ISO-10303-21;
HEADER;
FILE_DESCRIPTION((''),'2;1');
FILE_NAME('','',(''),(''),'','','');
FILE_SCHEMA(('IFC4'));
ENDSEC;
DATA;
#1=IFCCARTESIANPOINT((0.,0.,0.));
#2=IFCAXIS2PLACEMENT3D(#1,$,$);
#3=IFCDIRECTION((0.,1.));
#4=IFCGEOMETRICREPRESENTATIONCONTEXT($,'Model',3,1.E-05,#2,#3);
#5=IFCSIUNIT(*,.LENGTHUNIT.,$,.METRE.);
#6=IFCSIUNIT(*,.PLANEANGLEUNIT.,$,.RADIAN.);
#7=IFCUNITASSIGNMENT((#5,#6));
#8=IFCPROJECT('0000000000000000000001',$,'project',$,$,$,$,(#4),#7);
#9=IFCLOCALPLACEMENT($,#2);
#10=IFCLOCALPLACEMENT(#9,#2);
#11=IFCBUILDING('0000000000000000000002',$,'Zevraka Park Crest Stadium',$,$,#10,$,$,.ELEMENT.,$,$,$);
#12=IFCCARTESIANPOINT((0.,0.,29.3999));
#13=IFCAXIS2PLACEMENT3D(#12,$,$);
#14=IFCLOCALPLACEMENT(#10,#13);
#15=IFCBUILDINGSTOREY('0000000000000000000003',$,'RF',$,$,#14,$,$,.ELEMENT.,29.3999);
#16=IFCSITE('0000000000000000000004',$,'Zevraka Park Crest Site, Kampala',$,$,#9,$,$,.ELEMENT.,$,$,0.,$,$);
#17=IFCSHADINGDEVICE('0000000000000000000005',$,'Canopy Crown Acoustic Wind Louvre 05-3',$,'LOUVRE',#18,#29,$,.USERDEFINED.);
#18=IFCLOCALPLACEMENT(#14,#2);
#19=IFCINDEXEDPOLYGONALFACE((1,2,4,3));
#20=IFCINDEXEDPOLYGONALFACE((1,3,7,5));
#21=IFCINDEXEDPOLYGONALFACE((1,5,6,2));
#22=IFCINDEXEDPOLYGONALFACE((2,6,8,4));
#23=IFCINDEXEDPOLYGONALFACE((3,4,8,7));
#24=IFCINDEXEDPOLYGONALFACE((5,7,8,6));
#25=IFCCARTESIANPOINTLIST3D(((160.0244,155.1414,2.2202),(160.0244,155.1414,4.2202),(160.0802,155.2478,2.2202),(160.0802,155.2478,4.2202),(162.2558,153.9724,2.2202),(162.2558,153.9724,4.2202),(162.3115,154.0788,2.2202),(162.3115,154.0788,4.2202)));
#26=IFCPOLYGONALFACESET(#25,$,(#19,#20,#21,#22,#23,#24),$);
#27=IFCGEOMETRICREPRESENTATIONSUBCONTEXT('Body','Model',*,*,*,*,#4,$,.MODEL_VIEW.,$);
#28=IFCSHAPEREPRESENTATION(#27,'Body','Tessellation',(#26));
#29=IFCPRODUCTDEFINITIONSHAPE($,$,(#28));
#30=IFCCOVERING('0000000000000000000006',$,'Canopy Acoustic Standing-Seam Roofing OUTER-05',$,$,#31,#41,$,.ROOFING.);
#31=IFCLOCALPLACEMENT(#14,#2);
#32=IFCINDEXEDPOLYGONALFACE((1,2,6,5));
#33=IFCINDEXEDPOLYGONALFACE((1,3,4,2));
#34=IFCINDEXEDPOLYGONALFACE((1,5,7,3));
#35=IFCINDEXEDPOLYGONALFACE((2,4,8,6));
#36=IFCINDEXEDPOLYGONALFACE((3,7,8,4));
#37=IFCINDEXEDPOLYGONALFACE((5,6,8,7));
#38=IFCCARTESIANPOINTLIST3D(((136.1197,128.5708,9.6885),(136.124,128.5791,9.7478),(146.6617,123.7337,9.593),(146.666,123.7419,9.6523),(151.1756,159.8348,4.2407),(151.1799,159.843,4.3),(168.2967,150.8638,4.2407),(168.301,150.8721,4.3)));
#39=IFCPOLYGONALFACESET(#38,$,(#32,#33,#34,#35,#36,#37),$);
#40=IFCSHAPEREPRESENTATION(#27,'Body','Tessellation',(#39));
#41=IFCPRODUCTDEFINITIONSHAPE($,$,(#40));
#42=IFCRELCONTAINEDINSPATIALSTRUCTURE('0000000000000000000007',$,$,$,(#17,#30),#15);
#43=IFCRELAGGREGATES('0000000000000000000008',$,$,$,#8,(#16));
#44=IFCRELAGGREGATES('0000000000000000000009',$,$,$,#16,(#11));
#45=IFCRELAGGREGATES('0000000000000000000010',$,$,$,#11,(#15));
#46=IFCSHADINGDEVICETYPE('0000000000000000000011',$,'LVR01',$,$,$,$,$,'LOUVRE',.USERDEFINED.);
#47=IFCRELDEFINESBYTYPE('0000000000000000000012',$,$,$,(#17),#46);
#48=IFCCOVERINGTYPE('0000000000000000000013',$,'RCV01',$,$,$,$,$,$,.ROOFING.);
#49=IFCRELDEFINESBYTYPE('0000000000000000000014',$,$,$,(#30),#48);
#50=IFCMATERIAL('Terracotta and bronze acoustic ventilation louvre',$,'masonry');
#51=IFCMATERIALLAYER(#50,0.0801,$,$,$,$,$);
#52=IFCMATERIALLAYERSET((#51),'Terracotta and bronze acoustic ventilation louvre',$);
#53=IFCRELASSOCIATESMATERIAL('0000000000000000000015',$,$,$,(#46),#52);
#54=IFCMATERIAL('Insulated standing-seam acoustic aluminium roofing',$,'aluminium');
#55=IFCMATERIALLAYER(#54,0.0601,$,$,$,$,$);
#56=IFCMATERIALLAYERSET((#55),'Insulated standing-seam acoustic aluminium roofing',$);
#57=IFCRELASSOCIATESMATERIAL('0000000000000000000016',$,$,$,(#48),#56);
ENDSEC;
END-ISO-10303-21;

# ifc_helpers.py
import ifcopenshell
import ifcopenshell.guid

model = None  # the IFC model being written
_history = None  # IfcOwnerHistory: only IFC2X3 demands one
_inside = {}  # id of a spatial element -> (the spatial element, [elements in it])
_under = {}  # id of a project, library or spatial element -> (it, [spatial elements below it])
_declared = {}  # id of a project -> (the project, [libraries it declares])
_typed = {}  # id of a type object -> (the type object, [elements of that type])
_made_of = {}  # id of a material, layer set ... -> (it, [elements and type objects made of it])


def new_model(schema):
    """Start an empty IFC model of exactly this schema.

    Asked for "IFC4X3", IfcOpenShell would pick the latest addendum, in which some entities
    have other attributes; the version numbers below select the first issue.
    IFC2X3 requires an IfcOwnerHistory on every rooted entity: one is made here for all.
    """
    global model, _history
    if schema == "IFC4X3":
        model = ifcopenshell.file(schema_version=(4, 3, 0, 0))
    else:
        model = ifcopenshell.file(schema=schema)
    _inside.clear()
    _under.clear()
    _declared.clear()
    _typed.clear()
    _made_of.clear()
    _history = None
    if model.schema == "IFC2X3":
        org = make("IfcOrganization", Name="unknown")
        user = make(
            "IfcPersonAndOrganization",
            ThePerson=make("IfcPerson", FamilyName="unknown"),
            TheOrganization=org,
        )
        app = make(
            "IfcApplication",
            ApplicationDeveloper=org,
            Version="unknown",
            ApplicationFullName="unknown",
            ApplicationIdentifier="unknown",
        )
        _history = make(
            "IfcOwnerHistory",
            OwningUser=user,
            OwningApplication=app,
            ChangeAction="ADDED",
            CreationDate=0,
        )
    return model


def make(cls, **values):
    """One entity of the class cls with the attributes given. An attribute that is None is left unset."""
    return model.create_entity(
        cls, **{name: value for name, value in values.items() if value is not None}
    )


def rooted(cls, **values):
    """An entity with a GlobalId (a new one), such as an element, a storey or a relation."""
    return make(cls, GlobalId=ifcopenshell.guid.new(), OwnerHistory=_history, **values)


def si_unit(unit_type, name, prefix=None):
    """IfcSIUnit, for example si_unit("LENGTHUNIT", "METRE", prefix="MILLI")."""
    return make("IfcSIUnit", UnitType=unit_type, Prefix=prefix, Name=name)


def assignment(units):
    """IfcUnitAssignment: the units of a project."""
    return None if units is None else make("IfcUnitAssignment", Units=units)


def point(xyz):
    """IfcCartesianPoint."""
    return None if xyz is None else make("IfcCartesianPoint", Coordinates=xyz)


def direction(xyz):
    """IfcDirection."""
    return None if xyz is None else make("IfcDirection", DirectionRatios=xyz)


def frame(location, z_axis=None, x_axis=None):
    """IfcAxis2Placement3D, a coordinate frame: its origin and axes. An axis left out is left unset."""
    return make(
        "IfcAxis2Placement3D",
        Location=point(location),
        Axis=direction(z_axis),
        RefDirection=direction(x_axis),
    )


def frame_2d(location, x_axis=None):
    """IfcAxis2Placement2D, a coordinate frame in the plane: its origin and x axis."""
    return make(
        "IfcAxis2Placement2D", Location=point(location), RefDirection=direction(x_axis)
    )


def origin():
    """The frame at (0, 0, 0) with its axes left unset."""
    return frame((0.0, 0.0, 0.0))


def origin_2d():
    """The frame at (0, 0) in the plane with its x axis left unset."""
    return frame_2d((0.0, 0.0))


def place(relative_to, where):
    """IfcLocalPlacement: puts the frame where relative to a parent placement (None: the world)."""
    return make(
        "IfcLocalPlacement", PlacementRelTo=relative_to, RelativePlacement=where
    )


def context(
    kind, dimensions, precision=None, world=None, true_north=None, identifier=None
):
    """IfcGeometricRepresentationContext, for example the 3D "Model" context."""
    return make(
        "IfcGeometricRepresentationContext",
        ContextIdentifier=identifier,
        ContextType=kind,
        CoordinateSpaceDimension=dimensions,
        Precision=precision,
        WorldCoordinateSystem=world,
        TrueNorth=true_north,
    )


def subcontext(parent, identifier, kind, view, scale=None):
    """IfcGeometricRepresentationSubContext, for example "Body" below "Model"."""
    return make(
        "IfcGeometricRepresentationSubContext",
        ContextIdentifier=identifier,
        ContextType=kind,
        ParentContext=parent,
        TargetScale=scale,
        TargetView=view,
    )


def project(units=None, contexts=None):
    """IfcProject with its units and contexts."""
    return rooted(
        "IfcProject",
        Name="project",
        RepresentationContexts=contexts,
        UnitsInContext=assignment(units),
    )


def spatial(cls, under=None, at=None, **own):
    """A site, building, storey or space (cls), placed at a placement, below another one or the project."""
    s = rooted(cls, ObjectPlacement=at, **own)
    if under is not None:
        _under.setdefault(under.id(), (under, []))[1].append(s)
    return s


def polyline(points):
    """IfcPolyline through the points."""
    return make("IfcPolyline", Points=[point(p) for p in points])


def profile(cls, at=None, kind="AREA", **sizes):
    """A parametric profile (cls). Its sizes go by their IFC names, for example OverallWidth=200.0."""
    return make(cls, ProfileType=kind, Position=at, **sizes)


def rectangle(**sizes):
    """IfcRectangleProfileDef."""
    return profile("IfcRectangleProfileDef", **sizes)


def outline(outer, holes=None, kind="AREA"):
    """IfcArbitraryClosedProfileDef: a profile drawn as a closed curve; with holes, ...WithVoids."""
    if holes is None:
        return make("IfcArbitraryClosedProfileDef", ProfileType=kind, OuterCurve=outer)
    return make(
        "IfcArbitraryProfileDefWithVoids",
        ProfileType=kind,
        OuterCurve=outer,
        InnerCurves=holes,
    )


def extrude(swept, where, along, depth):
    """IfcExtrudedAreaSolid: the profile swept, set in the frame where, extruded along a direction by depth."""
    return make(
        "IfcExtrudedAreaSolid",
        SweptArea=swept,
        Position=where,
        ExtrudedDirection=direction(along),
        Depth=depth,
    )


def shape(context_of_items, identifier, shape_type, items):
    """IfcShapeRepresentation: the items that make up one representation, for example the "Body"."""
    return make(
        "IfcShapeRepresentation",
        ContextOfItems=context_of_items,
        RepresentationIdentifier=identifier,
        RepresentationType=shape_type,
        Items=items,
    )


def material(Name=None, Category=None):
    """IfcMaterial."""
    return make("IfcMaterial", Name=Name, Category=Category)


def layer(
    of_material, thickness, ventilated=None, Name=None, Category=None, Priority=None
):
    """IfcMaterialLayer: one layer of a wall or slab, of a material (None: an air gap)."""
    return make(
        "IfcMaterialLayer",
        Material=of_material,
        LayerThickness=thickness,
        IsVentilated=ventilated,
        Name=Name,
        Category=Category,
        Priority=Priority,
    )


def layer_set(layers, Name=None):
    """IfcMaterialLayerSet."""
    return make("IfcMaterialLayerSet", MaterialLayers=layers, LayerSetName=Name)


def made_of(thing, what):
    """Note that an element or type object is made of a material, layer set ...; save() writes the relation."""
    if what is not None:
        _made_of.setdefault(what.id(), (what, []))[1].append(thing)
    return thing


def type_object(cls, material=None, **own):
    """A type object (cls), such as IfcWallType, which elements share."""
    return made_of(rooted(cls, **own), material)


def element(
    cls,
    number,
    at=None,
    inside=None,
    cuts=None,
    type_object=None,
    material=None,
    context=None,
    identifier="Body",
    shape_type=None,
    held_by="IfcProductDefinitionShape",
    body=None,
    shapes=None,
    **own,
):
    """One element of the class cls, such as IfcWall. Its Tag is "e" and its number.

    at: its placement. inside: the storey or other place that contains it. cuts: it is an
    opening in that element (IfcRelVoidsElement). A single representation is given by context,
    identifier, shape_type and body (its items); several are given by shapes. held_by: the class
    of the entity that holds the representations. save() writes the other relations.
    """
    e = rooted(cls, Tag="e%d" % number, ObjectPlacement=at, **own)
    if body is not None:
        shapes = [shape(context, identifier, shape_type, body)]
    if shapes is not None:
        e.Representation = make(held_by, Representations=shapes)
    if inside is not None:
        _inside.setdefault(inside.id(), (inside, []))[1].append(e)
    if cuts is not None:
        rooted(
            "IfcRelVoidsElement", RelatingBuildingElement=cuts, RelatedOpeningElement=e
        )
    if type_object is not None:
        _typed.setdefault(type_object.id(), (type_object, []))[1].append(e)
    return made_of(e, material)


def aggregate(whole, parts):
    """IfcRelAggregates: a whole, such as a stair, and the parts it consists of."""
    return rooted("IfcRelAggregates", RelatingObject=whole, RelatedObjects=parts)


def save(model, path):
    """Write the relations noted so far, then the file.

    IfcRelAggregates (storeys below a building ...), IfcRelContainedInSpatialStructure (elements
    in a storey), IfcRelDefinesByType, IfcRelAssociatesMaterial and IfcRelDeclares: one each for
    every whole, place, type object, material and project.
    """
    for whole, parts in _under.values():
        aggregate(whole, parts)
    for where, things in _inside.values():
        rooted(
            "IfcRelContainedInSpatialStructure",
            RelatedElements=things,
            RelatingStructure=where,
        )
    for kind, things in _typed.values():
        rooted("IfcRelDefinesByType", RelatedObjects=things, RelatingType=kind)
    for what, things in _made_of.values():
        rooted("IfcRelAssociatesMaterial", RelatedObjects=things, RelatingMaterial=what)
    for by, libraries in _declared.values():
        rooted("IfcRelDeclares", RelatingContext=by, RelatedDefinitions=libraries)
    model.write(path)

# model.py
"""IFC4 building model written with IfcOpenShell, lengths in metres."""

from ifc_helpers import new_model, si_unit, direction, frame, origin, origin_2d, place, context, subcontext, project, spatial, polyline, rectangle, outline, extrude, material, layer, layer_set, type_object, element, save


model = new_model("IFC4")

# Units and contexts
model_context = context("Model", 3, precision=1e-05, world=origin(), true_north=direction((0.0, 1.0)))
body_context = subcontext(model_context, "Body", "Model", "MODEL_VIEW")
ifc_project = project(units=[si_unit("LENGTHUNIT", "METRE"), si_unit("PLANEANGLEUNIT", "RADIAN")], contexts=[model_context])

# Site, building, storey
site_placement = place(None, origin())
site = spatial("IfcSite", under=ifc_project, at=site_placement, Name="Zevraka Park Crest Site, Kampala", CompositionType="ELEMENT", RefElevation=0.0)
building_placement = place(site_placement, origin())
building = spatial("IfcBuilding", under=site, at=building_placement, Name="Zevraka Park Crest Stadium", CompositionType="ELEMENT")
storey_placement = place(building_placement, frame((0.0, 0.0, 29.3999)))
storey = spatial("IfcBuildingStorey", under=building, at=storey_placement, Name="RF", CompositionType="ELEMENT", Elevation=29.3999)

# Shading device
ifc_material_1 = material(Name="Terracotta and bronze acoustic ventilation louvre", Category="masonry")
ifc_layer_1 = layer(ifc_material_1, 0.0801)
ifc_layer_set_1 = layer_set([ifc_layer_1], Name="Terracotta and bronze acoustic ventilation louvre")
shading_device_type = type_object("IfcShadingDeviceType", Name="LVR01", ElementType="LOUVRE", PredefinedType="USERDEFINED", material=ifc_layer_set_1)
for number, where, z_axis, x_axis, name in (
    (1, (161.168, 154.6101, 2.2202), (0.0, 0.0, 1.0), (-0.885799, 0.464069, 0.0), "Canopy Crown Acoustic Wind Louvre 05-3"),
):
    element("IfcShadingDevice", number, at=place(storey_placement, frame(where, z_axis=z_axis, x_axis=x_axis)), inside=storey, type_object=shading_device_type, Name=name, ObjectType="LOUVRE", PredefinedType="USERDEFINED", context=body_context, shape_type="SweptSolid", body=[
        extrude(rectangle(XDim=2.519, YDim=0.1201, at=origin_2d()), origin(), (0.0, 0.0, 1.0), 2.0),
    ])

# Covering
ifc_material_2 = material(Name="Insulated standing-seam acoustic aluminium roofing", Category="aluminium")
ifc_layer_2 = layer(ifc_material_2, 0.0601)
ifc_layer_set_2 = layer_set([ifc_layer_2], Name="Insulated standing-seam acoustic aluminium roofing")
covering_type_1 = type_object("IfcCoveringType", Name="RCV01", PredefinedType="ROOFING", material=ifc_layer_set_2)
covering_1_placement = place(storey_placement, frame((168.301, 150.8721, 4.3), z_axis=(0.072021, 0.137457, 0.987886), x_axis=(-0.885773, 0.464119, -0.000002)))
element("IfcCovering", 2, at=covering_1_placement, inside=storey, type_object=covering_type_1, Name="Canopy Acoustic Standing-Seam Roofing OUTER-05", PredefinedType="ROOFING", context=body_context, shape_type="SweptSolid", body=[
    extrude(outline(polyline([(0.0, 0.0), (19.329, 0.0), (18.1549, 35.1057), (6.5721, 34.4902), (0.0, 0.0)])), origin(), (0.0, 0.0, -1.0), 0.0601),
])

save(model, "model.ifc")
